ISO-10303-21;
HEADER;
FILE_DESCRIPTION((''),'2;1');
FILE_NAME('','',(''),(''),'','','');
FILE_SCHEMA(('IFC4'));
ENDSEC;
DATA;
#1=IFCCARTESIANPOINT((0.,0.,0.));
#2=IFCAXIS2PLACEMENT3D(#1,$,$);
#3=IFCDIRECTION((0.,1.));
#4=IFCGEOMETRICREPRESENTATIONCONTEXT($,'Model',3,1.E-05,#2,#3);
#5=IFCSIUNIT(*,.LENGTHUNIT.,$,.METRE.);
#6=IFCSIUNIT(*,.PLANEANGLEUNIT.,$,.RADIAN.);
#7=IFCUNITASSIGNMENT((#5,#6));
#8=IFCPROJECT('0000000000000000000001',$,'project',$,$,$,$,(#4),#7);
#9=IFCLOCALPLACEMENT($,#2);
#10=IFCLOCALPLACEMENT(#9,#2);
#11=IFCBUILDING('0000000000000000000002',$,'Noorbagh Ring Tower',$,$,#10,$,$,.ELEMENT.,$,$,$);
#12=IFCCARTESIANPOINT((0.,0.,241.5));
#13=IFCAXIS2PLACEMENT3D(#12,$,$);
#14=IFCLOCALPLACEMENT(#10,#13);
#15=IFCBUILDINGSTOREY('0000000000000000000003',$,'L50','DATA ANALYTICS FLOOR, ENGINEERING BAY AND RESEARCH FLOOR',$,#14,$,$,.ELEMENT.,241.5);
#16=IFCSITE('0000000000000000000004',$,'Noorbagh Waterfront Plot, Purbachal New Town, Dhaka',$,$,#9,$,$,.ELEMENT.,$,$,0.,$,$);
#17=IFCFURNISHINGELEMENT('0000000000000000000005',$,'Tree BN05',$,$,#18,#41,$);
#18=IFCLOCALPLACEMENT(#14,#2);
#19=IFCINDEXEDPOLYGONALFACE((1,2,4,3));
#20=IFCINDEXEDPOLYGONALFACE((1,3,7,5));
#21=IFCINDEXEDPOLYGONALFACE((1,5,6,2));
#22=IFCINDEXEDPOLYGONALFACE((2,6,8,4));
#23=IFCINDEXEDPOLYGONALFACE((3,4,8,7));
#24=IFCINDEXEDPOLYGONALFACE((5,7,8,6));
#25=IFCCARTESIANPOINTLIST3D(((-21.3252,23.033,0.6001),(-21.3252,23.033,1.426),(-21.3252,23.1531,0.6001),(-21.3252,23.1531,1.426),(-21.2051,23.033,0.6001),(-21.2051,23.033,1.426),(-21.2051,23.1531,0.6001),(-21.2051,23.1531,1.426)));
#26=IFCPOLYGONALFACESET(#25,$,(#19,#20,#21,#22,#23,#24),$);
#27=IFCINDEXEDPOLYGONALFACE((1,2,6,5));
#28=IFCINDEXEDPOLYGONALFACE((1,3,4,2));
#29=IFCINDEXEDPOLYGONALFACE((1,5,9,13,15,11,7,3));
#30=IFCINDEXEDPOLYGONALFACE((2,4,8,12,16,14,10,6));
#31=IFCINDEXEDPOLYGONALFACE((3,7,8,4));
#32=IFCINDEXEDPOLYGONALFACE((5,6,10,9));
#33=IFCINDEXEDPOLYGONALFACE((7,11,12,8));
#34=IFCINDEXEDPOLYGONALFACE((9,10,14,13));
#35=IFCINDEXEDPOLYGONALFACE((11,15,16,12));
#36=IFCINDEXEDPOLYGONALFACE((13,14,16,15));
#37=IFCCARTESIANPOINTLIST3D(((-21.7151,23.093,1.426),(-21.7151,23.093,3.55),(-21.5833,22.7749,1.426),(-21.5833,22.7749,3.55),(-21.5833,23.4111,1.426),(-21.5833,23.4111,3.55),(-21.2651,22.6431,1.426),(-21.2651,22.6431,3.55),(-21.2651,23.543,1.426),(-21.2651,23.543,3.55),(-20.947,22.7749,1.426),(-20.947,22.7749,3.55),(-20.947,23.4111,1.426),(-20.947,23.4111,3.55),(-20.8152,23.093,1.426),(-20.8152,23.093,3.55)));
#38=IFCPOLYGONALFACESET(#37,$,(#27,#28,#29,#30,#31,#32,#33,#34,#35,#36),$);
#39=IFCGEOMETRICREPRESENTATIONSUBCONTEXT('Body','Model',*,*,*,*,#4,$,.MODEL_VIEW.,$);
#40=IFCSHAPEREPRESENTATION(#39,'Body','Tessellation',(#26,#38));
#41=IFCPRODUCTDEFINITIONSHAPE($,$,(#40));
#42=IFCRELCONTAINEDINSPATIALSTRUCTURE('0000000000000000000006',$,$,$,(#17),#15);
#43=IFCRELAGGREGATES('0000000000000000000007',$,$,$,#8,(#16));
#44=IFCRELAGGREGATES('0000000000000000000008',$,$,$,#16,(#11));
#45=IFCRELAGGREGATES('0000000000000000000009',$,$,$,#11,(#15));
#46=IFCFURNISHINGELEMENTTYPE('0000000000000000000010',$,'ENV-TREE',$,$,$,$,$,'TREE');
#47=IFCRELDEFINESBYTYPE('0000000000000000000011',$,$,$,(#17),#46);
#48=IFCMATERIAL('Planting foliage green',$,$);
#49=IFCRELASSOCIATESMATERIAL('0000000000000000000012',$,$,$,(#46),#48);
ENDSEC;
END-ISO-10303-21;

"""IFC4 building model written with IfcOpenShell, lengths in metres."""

from ifc_helpers import new_model, si_unit, direction, frame, origin, origin_2d, place, context, subcontext, project, spatial, polyline, rectangle, outline, extrude, material, type_object, element, save


model = new_model("IFC4")

# Units and contexts
model_context = context("Model", 3, precision=1e-05, world=origin(), true_north=direction((0.0, 1.0)))
body_context = subcontext(model_context, "Body", "Model", "MODEL_VIEW")
ifc_project = project(units=[si_unit("LENGTHUNIT", "METRE"), si_unit("PLANEANGLEUNIT", "RADIAN")], contexts=[model_context])

# Site, building, storey
site_placement = place(None, origin())
site = spatial("IfcSite", under=ifc_project, at=site_placement, Name="Noorbagh Waterfront Plot, Purbachal New Town, Dhaka", CompositionType="ELEMENT", RefElevation=0.0)
building_placement = place(site_placement, origin())
building = spatial("IfcBuilding", under=site, at=building_placement, Name="Noorbagh Ring Tower", CompositionType="ELEMENT")
storey_placement = place(building_placement, frame((0.0, 0.0, 241.5)))
storey = spatial("IfcBuildingStorey", under=building, at=storey_placement, Name="L50", Description="DATA ANALYTICS FLOOR, ENGINEERING BAY AND RESEARCH FLOOR", CompositionType="ELEMENT", Elevation=241.5)

# Furnishing element
ifc_material_1 = material(Name="Planting foliage green")
furnishing_element_type = type_object("IfcFurnishingElementType", Name="ENV-TREE", ElementType="TREE", material=ifc_material_1)
furnishing_placement = place(storey_placement, frame((-21.2651, 23.093, 0.6001), z_axis=(0.0, 0.0, 1.0), x_axis=(1.0, 0.0, 0.0)))
element("IfcFurnishingElement", 1, at=furnishing_placement, inside=storey, type_object=furnishing_element_type, Name="Tree BN05", context=body_context, shape_type="SweptSolid", body=[
    extrude(rectangle(XDim=0.1201, YDim=0.1201, at=origin_2d()), origin(), (0.0, 0.0, 1.0), 0.8259),
    extrude(outline(polyline([(0.45, 0.0), (0.3181, 0.3181), (0.0, 0.45), (-0.3181, 0.3181), (-0.45, 0.0), (-0.3181, -0.3181), (0.0, -0.45), (0.3181, -0.3181), (0.45, 0.0)])), frame((0.0, 0.0, 0.8259)), (0.0, 0.0, 1.0), 2.124),
])

save(model, "model.ifc")
